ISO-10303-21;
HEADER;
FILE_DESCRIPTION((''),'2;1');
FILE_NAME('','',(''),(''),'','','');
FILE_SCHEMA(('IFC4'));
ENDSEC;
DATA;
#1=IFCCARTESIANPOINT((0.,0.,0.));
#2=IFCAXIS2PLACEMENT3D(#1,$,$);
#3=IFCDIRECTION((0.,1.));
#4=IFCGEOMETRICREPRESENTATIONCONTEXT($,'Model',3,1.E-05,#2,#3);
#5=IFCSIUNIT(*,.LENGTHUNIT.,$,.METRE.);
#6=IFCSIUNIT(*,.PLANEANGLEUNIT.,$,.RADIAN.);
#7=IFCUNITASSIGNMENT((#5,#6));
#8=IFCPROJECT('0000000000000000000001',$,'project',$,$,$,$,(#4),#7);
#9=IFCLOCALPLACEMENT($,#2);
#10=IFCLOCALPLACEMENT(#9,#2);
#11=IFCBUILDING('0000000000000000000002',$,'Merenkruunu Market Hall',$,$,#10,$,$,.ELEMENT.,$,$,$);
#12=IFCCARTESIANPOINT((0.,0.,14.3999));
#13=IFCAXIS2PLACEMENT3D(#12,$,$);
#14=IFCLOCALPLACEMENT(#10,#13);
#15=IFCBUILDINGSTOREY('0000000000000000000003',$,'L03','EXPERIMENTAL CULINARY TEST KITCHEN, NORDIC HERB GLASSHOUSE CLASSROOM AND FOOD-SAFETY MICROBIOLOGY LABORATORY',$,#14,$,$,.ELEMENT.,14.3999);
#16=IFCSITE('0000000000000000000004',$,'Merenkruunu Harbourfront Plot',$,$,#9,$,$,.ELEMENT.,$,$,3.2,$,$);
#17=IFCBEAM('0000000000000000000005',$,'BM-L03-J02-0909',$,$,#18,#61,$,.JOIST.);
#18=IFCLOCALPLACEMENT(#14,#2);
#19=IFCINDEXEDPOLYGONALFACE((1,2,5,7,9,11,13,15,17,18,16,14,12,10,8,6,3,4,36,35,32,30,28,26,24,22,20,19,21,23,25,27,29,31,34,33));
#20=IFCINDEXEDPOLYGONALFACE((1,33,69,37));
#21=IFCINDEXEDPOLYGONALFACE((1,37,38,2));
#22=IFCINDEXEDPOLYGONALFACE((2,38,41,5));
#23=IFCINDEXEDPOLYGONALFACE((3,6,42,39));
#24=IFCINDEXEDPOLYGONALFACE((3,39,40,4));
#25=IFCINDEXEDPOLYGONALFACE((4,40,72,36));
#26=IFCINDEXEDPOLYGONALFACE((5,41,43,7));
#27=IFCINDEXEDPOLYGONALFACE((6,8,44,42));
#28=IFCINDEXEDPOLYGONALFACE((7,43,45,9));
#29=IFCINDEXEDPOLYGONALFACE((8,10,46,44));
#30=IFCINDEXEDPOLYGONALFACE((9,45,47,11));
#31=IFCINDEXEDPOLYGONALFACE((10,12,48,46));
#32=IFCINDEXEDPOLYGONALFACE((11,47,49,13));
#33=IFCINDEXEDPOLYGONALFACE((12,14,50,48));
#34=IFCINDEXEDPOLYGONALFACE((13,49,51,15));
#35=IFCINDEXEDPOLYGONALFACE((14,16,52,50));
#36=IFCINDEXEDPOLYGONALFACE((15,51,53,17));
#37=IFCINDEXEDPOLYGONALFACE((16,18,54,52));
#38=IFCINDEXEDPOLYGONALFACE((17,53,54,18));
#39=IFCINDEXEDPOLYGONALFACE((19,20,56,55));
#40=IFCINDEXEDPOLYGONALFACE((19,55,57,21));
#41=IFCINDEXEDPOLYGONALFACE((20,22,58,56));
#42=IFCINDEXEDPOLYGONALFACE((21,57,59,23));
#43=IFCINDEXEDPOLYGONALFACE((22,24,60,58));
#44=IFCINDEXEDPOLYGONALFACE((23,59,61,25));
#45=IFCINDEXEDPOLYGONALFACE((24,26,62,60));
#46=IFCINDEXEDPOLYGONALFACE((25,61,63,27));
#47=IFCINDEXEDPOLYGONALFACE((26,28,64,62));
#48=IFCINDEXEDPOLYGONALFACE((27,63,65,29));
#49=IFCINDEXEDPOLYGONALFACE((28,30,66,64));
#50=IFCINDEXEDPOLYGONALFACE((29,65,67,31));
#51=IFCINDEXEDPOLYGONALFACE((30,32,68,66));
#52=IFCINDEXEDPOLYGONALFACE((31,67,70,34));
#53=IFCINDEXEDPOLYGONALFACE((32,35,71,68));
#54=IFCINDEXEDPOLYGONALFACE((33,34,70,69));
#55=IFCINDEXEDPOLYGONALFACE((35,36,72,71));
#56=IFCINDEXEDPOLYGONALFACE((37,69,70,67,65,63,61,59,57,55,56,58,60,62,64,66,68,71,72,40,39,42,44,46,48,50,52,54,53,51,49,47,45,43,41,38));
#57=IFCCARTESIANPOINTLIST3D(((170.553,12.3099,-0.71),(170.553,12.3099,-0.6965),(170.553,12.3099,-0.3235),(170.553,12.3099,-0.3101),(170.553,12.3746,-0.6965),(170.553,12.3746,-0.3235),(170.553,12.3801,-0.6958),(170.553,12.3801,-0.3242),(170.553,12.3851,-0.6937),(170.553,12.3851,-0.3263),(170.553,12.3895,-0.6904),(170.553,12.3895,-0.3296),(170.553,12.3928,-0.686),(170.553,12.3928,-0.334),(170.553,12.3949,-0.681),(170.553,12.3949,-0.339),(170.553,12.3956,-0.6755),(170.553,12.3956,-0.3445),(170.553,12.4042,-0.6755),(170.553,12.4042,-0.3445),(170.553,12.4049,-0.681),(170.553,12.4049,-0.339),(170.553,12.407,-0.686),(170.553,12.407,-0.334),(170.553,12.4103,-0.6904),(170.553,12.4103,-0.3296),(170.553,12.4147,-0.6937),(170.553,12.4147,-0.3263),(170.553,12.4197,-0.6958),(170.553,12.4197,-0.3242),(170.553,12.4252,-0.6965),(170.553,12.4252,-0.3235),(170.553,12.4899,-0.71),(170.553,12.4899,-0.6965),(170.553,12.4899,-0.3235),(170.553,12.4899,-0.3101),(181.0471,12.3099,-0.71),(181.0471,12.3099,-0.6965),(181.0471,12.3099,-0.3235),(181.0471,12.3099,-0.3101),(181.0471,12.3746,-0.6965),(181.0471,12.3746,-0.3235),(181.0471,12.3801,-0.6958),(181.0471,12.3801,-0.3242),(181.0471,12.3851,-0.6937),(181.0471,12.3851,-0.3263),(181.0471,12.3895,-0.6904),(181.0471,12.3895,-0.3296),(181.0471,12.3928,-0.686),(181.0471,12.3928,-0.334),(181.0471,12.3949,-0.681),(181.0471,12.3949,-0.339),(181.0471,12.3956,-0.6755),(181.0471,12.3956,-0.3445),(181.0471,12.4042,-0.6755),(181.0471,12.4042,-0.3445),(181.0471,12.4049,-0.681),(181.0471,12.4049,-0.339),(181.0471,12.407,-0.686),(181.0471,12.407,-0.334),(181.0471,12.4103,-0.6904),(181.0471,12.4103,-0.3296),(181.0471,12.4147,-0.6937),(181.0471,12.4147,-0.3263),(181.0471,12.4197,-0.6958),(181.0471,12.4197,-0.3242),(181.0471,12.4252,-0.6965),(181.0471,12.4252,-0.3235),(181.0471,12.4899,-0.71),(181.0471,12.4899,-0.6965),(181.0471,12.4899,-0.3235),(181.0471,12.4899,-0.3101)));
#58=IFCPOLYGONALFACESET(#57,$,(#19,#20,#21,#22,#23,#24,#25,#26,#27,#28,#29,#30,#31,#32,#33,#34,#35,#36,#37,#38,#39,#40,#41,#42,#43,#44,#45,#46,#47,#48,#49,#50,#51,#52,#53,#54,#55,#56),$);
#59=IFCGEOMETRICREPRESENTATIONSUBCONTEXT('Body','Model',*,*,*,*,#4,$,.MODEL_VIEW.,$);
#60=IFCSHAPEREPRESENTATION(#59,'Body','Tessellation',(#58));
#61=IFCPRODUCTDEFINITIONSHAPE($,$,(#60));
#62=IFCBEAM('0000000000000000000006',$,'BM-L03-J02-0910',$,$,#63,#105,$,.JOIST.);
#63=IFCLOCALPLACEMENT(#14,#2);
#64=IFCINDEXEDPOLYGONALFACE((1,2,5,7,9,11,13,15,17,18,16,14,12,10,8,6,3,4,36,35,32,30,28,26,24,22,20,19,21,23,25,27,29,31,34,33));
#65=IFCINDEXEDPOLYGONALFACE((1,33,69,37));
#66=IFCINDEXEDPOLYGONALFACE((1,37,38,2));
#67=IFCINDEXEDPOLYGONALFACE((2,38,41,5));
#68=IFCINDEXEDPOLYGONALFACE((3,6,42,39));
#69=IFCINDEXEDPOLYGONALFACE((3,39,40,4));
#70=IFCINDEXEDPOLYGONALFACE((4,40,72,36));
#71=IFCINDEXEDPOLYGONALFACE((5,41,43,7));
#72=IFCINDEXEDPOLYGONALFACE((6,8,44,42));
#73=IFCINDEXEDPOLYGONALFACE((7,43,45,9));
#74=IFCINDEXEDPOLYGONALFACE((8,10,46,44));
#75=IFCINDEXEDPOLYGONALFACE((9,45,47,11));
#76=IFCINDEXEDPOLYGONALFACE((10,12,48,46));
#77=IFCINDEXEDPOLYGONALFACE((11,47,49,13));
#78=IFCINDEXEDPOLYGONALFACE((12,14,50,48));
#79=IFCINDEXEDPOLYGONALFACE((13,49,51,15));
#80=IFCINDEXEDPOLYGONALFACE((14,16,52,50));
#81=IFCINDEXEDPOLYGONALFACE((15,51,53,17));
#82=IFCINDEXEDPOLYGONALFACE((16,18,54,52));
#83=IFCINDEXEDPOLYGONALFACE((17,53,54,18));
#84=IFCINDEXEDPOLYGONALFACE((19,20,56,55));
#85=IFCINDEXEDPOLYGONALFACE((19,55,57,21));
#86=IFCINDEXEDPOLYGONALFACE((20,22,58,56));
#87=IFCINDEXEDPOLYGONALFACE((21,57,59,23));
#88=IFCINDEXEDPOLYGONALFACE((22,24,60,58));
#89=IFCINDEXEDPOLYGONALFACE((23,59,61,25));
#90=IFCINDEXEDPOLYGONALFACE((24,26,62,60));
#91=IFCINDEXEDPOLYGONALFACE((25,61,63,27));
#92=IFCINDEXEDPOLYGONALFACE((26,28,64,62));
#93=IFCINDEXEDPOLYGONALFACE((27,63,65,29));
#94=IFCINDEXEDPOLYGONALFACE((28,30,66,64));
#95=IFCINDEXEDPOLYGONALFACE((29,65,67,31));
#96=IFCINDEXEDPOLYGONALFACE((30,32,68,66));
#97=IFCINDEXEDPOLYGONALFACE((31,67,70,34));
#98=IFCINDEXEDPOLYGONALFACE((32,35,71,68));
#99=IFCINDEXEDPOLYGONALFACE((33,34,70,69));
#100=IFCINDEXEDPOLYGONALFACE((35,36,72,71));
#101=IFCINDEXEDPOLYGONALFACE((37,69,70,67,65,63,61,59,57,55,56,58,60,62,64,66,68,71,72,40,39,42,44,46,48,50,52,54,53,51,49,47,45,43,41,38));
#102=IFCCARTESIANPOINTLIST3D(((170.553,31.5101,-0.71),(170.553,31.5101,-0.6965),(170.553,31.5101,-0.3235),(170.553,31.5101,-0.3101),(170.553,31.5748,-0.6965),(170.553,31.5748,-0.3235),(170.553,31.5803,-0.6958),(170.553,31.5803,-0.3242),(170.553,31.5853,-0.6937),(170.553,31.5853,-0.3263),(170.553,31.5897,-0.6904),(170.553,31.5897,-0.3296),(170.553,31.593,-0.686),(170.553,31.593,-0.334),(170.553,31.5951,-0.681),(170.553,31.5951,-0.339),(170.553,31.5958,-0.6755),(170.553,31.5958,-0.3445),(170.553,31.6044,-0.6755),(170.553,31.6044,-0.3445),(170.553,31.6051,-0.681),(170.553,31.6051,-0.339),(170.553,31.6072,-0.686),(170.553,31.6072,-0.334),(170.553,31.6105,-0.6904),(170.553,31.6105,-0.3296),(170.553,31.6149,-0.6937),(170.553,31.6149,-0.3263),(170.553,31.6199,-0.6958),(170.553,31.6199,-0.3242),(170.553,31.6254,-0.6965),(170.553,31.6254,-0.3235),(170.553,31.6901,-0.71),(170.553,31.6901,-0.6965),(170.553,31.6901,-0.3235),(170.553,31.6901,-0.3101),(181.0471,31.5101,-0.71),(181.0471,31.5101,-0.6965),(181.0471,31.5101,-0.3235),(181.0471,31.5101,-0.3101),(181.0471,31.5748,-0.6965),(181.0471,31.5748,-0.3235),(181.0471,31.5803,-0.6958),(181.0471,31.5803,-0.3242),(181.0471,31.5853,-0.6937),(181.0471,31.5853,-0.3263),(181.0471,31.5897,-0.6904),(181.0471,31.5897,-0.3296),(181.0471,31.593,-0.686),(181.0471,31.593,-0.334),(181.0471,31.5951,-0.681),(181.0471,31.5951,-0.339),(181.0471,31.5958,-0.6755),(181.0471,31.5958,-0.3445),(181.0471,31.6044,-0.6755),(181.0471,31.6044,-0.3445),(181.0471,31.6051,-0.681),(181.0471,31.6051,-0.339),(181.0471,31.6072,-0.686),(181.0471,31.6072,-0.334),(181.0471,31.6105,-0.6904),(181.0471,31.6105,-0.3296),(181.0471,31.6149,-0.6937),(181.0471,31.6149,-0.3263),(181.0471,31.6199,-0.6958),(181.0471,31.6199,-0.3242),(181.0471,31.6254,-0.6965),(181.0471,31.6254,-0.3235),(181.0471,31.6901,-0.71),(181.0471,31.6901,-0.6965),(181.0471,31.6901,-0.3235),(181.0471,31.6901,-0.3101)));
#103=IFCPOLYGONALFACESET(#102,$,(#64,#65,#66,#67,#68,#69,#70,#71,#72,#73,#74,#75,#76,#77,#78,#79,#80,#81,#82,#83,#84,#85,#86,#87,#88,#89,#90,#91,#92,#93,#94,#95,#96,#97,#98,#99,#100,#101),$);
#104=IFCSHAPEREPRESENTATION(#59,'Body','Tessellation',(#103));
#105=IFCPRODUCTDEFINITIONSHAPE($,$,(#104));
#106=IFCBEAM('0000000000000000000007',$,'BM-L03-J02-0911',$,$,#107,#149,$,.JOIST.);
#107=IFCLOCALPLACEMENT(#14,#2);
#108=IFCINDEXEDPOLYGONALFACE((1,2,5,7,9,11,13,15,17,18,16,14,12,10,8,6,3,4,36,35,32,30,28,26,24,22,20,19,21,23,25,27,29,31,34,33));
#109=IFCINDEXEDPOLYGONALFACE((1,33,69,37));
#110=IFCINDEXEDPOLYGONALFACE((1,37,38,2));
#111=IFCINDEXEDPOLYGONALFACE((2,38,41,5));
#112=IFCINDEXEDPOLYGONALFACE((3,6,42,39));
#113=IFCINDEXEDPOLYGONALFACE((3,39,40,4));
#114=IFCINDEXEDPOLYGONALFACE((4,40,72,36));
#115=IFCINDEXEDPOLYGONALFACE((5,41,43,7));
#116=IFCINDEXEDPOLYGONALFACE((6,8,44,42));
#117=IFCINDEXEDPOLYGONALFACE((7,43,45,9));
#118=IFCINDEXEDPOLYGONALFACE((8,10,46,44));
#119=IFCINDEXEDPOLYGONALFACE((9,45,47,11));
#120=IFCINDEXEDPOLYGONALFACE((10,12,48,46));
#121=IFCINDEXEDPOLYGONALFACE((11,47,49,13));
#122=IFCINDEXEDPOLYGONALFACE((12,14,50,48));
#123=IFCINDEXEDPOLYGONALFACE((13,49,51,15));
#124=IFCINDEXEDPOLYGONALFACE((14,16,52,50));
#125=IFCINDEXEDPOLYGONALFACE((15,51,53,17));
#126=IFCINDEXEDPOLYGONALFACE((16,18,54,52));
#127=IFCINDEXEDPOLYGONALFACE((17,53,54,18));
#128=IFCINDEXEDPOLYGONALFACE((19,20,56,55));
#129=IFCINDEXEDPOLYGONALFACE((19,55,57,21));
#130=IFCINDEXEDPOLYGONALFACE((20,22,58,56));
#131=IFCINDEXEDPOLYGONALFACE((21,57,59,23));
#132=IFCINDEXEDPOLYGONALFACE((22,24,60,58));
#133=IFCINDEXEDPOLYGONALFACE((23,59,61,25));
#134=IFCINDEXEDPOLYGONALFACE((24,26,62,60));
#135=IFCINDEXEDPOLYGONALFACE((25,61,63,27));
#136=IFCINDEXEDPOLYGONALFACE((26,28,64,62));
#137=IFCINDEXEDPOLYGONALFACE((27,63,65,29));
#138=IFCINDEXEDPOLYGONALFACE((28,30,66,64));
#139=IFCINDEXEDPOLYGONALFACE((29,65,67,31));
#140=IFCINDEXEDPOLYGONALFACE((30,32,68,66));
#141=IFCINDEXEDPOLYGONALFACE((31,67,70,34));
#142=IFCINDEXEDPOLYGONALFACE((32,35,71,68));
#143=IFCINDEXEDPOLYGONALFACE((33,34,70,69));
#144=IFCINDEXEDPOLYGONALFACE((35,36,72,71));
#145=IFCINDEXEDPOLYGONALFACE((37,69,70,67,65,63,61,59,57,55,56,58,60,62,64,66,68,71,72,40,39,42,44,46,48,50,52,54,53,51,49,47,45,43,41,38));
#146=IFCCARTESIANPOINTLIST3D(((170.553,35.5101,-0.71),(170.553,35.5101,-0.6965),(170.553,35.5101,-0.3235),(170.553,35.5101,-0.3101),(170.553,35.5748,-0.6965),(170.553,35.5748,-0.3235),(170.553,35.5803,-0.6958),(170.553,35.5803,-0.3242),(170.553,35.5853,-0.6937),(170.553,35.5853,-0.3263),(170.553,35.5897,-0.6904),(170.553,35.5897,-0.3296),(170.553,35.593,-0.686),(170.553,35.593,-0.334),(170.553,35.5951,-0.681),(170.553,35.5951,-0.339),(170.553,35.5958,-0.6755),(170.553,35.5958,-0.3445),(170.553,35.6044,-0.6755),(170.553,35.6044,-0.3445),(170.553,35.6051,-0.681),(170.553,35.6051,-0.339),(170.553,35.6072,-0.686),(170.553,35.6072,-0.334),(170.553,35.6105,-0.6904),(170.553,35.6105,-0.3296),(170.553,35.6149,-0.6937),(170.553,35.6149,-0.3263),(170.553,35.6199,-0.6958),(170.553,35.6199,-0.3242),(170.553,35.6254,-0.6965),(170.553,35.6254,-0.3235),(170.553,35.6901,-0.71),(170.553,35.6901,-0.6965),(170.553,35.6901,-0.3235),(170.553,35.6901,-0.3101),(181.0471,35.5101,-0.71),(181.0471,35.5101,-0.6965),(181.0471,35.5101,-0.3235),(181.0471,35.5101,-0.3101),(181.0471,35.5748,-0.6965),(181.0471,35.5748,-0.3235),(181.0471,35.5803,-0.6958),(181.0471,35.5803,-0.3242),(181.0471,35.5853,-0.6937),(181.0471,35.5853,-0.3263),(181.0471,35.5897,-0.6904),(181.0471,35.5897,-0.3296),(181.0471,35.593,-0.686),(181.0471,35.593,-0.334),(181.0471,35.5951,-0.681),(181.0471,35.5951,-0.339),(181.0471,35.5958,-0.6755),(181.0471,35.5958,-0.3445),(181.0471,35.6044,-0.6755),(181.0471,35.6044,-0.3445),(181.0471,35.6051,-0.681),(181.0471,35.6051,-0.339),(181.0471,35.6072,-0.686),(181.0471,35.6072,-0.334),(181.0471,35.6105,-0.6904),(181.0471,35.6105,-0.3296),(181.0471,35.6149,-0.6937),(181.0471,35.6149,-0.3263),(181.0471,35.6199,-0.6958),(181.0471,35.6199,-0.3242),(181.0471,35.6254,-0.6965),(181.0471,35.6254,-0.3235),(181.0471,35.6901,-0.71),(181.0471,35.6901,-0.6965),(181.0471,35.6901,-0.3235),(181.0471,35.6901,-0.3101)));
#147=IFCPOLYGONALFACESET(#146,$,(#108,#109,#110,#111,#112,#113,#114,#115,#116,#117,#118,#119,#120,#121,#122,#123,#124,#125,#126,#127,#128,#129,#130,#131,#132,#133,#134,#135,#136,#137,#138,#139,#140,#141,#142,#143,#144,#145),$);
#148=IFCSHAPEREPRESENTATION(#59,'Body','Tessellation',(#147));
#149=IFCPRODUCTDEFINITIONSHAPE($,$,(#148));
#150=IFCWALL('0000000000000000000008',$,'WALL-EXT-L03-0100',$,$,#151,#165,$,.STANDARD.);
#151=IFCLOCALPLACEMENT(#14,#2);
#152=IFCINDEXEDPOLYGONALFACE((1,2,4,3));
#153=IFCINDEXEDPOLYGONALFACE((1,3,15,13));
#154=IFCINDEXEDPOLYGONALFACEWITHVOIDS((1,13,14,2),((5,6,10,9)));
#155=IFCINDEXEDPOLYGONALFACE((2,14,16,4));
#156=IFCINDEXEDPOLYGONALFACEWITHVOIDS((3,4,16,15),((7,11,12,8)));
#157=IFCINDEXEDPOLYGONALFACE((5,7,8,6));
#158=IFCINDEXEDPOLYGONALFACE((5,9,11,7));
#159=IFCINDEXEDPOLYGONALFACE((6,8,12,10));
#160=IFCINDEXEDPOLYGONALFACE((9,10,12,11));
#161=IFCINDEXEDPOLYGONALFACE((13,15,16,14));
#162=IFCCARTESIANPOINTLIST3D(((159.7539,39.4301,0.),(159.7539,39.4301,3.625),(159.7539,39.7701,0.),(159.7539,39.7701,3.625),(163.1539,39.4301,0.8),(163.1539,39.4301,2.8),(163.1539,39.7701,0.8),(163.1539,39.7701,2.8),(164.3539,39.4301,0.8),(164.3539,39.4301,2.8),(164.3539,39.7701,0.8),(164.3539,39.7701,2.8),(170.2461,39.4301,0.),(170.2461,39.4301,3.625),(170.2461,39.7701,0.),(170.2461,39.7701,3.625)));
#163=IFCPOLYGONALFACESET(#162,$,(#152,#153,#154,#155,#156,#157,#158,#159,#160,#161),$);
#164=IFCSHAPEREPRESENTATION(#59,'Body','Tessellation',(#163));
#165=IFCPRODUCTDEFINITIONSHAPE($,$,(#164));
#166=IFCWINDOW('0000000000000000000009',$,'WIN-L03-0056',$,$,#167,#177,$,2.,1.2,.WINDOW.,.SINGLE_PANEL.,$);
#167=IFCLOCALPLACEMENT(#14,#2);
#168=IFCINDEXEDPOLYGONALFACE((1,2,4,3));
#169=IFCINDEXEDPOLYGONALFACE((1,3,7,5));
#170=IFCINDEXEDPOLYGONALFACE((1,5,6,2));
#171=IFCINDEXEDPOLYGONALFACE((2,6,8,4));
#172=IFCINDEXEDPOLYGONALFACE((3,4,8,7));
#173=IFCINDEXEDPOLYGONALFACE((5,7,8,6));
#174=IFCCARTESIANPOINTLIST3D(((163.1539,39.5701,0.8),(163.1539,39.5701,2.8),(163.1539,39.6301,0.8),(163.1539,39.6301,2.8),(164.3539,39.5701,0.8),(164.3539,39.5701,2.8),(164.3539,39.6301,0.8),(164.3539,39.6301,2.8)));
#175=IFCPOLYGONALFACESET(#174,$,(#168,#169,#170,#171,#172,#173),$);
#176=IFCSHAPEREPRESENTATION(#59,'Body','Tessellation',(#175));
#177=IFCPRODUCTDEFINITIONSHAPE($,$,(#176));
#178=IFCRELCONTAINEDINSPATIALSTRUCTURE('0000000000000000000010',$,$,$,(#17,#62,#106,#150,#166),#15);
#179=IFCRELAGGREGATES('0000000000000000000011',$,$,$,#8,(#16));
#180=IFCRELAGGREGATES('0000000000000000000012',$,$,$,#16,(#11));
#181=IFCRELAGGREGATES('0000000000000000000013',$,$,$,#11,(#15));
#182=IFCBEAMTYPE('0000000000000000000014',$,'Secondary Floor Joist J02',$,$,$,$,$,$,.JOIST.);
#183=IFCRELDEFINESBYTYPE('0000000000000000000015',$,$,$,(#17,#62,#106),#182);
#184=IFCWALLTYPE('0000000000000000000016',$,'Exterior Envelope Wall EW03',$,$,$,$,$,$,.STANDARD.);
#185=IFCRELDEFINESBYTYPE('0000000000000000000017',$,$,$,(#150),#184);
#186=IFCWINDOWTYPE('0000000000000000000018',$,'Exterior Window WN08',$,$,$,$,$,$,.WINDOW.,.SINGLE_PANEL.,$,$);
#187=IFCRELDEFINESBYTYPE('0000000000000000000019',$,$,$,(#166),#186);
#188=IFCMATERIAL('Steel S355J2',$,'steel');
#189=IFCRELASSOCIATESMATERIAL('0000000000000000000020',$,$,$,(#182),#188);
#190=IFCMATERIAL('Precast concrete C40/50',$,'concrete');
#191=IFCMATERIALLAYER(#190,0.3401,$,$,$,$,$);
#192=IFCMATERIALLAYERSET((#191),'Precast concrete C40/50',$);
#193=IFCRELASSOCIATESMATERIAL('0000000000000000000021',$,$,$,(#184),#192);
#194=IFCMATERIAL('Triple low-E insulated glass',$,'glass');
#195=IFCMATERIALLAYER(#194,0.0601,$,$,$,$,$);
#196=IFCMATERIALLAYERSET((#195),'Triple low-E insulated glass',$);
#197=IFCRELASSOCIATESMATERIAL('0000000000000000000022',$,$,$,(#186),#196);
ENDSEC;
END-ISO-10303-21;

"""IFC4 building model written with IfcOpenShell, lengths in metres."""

from ifc_helpers import new_model, si_unit, direction, frame, frame_2d, origin, origin_2d, place, context, subcontext, project, spatial, rectangle, i_section, extrude, material, layer, layer_set, material_profile, profile_set, type_object, element, fill, save


model = new_model("IFC4")

# Units and contexts
model_context = context("Model", 3, precision=1e-05, world=origin(), true_north=direction((0.0, 1.0)))
body_context = subcontext(model_context, "Body", "Model", "MODEL_VIEW")
ifc_project = project(units=[si_unit("LENGTHUNIT", "METRE"), si_unit("PLANEANGLEUNIT", "RADIAN")], contexts=[model_context])

# Site, building, storey
site_placement = place(None, origin())
site = spatial("IfcSite", under=ifc_project, at=site_placement, Name="Merenkruunu Harbourfront Plot", CompositionType="ELEMENT", RefElevation=3.2)
building_placement = place(site_placement, origin())
building = spatial("IfcBuilding", under=site, at=building_placement, Name="Merenkruunu Market Hall", CompositionType="ELEMENT")
storey_placement = place(building_placement, frame((0.0, 0.0, 14.3999)))
storey = spatial("IfcBuildingStorey", under=building, at=storey_placement, Name="L03", Description="EXPERIMENTAL CULINARY TEST KITCHEN, NORDIC HERB GLASSHOUSE CLASSROOM AND FOOD-SAFETY MICROBIOLOGY LABORATORY", CompositionType="ELEMENT", Elevation=14.3999)

# Shared definitions
ifc_material_1 = material(Name="Steel S355J2", Category="steel")

# Beams
ifc_material_profile_1 = material_profile(ifc_material_1, i_section(OverallWidth=0.1799, OverallDepth=0.3999, WebThickness=0.0085, FlangeThickness=0.0134, FilletRadius=0.021, at=origin_2d()), Name="IPE 400")
ifc_profile_set_1 = profile_set([ifc_material_profile_1], Name="Steel S355J2")
beam_type_1 = type_object("IfcBeamType", Name="Secondary Floor Joist J02", PredefinedType="JOIST", material=ifc_profile_set_1)
for number, where, z_axis, x_axis, name in (
    (1, (170.553, 12.3999, -0.51), (1.0, 0.0, 0.0), (0.0, 1.0, 0.0), "BM-L03-J02-0909"),
    (2, (170.553, 31.6001, -0.51), (1.0, 0.0, 0.0), (0.0, 1.0, 0.0), "BM-L03-J02-0910"),
    (3, (170.553, 35.6001, -0.51), (1.0, 0.0, 0.0), (0.0, 1.0, 0.0), "BM-L03-J02-0911"),
):
    element("IfcBeam", number, at=place(storey_placement, frame(where, z_axis=z_axis, x_axis=x_axis)), inside=storey, type_object=beam_type_1, Name=name, PredefinedType="JOIST", context=body_context, shape_type="SweptSolid", body=[
        extrude(i_section(OverallWidth=0.1799, OverallDepth=0.3999, WebThickness=0.0085, FlangeThickness=0.0134, FilletRadius=0.021, at=origin_2d()), origin(), (0.0, 0.0, 1.0), 10.4941),
    ])

# Wall, opening, window
ifc_material_2 = material(Name="Precast concrete C40/50", Category="concrete")
ifc_layer_1 = layer(ifc_material_2, 0.3401)
ifc_layer_set_1 = layer_set([ifc_layer_1], Name="Precast concrete C40/50")
wall_type_1 = type_object("IfcWallType", Name="Exterior Envelope Wall EW03", PredefinedType="STANDARD", material=ifc_layer_set_1)
wall_1_placement = place(storey_placement, frame((159.7539, 39.6001, 0.0), z_axis=(0.0, 0.0, 1.0), x_axis=(1.0, 0.0, 0.0)))
wall_1 = element("IfcWall", 4, at=wall_1_placement, inside=storey, type_object=wall_type_1, Name="WALL-EXT-L03-0100", PredefinedType="STANDARD", context=body_context, shape_type="SweptSolid", body=[
    extrude(rectangle(XDim=10.4922, YDim=0.3401, at=frame_2d((5.2461, 0.0))), origin(), (0.0, 0.0, 1.0), 3.625),
])
opening_1_placement = place(wall_1_placement, frame((3.3999, 0.0, 0.8)))
opening_1 = element("IfcOpeningElement", 5, at=opening_1_placement, cuts=wall_1, PredefinedType="OPENING", context=body_context, shape_type="SweptSolid", body=[
    extrude(rectangle(XDim=1.2, YDim=2.0, at=frame_2d((0.6001, 1.0))), frame((0.0, 0.1802, 0.0), z_axis=(0.0, -1.0, 0.0), x_axis=(1.0, 0.0, 0.0)), (0.0, 0.0, 1.0), 0.3601),
])
ifc_material_3 = material(Name="Triple low-E insulated glass", Category="glass")
ifc_layer_2 = layer(ifc_material_3, 0.0601)
ifc_layer_set_2 = layer_set([ifc_layer_2], Name="Triple low-E insulated glass")
window_type_1 = type_object("IfcWindowType", Name="Exterior Window WN08", PartitioningType="SINGLE_PANEL", PredefinedType="WINDOW", material=ifc_layer_set_2)
window_1_placement = place(opening_1_placement, origin())
window_1 = element("IfcWindow", 6, at=window_1_placement, inside=storey, type_object=window_type_1, Name="WIN-L03-0056", OverallHeight=2.0, OverallWidth=1.2, PartitioningType="SINGLE_PANEL", PredefinedType="WINDOW", context=body_context, shape_type="SweptSolid", body=[
    extrude(rectangle(XDim=1.2, YDim=2.0, at=frame_2d((0.6001, 1.0))), frame((0.0, 0.03, 0.0), z_axis=(0.0, -1.0, 0.0), x_axis=(1.0, 0.0, 0.0)), (0.0, 0.0, 1.0), 0.0601),
])
fill(opening_1, window_1)

save(model, "model.ifc")
